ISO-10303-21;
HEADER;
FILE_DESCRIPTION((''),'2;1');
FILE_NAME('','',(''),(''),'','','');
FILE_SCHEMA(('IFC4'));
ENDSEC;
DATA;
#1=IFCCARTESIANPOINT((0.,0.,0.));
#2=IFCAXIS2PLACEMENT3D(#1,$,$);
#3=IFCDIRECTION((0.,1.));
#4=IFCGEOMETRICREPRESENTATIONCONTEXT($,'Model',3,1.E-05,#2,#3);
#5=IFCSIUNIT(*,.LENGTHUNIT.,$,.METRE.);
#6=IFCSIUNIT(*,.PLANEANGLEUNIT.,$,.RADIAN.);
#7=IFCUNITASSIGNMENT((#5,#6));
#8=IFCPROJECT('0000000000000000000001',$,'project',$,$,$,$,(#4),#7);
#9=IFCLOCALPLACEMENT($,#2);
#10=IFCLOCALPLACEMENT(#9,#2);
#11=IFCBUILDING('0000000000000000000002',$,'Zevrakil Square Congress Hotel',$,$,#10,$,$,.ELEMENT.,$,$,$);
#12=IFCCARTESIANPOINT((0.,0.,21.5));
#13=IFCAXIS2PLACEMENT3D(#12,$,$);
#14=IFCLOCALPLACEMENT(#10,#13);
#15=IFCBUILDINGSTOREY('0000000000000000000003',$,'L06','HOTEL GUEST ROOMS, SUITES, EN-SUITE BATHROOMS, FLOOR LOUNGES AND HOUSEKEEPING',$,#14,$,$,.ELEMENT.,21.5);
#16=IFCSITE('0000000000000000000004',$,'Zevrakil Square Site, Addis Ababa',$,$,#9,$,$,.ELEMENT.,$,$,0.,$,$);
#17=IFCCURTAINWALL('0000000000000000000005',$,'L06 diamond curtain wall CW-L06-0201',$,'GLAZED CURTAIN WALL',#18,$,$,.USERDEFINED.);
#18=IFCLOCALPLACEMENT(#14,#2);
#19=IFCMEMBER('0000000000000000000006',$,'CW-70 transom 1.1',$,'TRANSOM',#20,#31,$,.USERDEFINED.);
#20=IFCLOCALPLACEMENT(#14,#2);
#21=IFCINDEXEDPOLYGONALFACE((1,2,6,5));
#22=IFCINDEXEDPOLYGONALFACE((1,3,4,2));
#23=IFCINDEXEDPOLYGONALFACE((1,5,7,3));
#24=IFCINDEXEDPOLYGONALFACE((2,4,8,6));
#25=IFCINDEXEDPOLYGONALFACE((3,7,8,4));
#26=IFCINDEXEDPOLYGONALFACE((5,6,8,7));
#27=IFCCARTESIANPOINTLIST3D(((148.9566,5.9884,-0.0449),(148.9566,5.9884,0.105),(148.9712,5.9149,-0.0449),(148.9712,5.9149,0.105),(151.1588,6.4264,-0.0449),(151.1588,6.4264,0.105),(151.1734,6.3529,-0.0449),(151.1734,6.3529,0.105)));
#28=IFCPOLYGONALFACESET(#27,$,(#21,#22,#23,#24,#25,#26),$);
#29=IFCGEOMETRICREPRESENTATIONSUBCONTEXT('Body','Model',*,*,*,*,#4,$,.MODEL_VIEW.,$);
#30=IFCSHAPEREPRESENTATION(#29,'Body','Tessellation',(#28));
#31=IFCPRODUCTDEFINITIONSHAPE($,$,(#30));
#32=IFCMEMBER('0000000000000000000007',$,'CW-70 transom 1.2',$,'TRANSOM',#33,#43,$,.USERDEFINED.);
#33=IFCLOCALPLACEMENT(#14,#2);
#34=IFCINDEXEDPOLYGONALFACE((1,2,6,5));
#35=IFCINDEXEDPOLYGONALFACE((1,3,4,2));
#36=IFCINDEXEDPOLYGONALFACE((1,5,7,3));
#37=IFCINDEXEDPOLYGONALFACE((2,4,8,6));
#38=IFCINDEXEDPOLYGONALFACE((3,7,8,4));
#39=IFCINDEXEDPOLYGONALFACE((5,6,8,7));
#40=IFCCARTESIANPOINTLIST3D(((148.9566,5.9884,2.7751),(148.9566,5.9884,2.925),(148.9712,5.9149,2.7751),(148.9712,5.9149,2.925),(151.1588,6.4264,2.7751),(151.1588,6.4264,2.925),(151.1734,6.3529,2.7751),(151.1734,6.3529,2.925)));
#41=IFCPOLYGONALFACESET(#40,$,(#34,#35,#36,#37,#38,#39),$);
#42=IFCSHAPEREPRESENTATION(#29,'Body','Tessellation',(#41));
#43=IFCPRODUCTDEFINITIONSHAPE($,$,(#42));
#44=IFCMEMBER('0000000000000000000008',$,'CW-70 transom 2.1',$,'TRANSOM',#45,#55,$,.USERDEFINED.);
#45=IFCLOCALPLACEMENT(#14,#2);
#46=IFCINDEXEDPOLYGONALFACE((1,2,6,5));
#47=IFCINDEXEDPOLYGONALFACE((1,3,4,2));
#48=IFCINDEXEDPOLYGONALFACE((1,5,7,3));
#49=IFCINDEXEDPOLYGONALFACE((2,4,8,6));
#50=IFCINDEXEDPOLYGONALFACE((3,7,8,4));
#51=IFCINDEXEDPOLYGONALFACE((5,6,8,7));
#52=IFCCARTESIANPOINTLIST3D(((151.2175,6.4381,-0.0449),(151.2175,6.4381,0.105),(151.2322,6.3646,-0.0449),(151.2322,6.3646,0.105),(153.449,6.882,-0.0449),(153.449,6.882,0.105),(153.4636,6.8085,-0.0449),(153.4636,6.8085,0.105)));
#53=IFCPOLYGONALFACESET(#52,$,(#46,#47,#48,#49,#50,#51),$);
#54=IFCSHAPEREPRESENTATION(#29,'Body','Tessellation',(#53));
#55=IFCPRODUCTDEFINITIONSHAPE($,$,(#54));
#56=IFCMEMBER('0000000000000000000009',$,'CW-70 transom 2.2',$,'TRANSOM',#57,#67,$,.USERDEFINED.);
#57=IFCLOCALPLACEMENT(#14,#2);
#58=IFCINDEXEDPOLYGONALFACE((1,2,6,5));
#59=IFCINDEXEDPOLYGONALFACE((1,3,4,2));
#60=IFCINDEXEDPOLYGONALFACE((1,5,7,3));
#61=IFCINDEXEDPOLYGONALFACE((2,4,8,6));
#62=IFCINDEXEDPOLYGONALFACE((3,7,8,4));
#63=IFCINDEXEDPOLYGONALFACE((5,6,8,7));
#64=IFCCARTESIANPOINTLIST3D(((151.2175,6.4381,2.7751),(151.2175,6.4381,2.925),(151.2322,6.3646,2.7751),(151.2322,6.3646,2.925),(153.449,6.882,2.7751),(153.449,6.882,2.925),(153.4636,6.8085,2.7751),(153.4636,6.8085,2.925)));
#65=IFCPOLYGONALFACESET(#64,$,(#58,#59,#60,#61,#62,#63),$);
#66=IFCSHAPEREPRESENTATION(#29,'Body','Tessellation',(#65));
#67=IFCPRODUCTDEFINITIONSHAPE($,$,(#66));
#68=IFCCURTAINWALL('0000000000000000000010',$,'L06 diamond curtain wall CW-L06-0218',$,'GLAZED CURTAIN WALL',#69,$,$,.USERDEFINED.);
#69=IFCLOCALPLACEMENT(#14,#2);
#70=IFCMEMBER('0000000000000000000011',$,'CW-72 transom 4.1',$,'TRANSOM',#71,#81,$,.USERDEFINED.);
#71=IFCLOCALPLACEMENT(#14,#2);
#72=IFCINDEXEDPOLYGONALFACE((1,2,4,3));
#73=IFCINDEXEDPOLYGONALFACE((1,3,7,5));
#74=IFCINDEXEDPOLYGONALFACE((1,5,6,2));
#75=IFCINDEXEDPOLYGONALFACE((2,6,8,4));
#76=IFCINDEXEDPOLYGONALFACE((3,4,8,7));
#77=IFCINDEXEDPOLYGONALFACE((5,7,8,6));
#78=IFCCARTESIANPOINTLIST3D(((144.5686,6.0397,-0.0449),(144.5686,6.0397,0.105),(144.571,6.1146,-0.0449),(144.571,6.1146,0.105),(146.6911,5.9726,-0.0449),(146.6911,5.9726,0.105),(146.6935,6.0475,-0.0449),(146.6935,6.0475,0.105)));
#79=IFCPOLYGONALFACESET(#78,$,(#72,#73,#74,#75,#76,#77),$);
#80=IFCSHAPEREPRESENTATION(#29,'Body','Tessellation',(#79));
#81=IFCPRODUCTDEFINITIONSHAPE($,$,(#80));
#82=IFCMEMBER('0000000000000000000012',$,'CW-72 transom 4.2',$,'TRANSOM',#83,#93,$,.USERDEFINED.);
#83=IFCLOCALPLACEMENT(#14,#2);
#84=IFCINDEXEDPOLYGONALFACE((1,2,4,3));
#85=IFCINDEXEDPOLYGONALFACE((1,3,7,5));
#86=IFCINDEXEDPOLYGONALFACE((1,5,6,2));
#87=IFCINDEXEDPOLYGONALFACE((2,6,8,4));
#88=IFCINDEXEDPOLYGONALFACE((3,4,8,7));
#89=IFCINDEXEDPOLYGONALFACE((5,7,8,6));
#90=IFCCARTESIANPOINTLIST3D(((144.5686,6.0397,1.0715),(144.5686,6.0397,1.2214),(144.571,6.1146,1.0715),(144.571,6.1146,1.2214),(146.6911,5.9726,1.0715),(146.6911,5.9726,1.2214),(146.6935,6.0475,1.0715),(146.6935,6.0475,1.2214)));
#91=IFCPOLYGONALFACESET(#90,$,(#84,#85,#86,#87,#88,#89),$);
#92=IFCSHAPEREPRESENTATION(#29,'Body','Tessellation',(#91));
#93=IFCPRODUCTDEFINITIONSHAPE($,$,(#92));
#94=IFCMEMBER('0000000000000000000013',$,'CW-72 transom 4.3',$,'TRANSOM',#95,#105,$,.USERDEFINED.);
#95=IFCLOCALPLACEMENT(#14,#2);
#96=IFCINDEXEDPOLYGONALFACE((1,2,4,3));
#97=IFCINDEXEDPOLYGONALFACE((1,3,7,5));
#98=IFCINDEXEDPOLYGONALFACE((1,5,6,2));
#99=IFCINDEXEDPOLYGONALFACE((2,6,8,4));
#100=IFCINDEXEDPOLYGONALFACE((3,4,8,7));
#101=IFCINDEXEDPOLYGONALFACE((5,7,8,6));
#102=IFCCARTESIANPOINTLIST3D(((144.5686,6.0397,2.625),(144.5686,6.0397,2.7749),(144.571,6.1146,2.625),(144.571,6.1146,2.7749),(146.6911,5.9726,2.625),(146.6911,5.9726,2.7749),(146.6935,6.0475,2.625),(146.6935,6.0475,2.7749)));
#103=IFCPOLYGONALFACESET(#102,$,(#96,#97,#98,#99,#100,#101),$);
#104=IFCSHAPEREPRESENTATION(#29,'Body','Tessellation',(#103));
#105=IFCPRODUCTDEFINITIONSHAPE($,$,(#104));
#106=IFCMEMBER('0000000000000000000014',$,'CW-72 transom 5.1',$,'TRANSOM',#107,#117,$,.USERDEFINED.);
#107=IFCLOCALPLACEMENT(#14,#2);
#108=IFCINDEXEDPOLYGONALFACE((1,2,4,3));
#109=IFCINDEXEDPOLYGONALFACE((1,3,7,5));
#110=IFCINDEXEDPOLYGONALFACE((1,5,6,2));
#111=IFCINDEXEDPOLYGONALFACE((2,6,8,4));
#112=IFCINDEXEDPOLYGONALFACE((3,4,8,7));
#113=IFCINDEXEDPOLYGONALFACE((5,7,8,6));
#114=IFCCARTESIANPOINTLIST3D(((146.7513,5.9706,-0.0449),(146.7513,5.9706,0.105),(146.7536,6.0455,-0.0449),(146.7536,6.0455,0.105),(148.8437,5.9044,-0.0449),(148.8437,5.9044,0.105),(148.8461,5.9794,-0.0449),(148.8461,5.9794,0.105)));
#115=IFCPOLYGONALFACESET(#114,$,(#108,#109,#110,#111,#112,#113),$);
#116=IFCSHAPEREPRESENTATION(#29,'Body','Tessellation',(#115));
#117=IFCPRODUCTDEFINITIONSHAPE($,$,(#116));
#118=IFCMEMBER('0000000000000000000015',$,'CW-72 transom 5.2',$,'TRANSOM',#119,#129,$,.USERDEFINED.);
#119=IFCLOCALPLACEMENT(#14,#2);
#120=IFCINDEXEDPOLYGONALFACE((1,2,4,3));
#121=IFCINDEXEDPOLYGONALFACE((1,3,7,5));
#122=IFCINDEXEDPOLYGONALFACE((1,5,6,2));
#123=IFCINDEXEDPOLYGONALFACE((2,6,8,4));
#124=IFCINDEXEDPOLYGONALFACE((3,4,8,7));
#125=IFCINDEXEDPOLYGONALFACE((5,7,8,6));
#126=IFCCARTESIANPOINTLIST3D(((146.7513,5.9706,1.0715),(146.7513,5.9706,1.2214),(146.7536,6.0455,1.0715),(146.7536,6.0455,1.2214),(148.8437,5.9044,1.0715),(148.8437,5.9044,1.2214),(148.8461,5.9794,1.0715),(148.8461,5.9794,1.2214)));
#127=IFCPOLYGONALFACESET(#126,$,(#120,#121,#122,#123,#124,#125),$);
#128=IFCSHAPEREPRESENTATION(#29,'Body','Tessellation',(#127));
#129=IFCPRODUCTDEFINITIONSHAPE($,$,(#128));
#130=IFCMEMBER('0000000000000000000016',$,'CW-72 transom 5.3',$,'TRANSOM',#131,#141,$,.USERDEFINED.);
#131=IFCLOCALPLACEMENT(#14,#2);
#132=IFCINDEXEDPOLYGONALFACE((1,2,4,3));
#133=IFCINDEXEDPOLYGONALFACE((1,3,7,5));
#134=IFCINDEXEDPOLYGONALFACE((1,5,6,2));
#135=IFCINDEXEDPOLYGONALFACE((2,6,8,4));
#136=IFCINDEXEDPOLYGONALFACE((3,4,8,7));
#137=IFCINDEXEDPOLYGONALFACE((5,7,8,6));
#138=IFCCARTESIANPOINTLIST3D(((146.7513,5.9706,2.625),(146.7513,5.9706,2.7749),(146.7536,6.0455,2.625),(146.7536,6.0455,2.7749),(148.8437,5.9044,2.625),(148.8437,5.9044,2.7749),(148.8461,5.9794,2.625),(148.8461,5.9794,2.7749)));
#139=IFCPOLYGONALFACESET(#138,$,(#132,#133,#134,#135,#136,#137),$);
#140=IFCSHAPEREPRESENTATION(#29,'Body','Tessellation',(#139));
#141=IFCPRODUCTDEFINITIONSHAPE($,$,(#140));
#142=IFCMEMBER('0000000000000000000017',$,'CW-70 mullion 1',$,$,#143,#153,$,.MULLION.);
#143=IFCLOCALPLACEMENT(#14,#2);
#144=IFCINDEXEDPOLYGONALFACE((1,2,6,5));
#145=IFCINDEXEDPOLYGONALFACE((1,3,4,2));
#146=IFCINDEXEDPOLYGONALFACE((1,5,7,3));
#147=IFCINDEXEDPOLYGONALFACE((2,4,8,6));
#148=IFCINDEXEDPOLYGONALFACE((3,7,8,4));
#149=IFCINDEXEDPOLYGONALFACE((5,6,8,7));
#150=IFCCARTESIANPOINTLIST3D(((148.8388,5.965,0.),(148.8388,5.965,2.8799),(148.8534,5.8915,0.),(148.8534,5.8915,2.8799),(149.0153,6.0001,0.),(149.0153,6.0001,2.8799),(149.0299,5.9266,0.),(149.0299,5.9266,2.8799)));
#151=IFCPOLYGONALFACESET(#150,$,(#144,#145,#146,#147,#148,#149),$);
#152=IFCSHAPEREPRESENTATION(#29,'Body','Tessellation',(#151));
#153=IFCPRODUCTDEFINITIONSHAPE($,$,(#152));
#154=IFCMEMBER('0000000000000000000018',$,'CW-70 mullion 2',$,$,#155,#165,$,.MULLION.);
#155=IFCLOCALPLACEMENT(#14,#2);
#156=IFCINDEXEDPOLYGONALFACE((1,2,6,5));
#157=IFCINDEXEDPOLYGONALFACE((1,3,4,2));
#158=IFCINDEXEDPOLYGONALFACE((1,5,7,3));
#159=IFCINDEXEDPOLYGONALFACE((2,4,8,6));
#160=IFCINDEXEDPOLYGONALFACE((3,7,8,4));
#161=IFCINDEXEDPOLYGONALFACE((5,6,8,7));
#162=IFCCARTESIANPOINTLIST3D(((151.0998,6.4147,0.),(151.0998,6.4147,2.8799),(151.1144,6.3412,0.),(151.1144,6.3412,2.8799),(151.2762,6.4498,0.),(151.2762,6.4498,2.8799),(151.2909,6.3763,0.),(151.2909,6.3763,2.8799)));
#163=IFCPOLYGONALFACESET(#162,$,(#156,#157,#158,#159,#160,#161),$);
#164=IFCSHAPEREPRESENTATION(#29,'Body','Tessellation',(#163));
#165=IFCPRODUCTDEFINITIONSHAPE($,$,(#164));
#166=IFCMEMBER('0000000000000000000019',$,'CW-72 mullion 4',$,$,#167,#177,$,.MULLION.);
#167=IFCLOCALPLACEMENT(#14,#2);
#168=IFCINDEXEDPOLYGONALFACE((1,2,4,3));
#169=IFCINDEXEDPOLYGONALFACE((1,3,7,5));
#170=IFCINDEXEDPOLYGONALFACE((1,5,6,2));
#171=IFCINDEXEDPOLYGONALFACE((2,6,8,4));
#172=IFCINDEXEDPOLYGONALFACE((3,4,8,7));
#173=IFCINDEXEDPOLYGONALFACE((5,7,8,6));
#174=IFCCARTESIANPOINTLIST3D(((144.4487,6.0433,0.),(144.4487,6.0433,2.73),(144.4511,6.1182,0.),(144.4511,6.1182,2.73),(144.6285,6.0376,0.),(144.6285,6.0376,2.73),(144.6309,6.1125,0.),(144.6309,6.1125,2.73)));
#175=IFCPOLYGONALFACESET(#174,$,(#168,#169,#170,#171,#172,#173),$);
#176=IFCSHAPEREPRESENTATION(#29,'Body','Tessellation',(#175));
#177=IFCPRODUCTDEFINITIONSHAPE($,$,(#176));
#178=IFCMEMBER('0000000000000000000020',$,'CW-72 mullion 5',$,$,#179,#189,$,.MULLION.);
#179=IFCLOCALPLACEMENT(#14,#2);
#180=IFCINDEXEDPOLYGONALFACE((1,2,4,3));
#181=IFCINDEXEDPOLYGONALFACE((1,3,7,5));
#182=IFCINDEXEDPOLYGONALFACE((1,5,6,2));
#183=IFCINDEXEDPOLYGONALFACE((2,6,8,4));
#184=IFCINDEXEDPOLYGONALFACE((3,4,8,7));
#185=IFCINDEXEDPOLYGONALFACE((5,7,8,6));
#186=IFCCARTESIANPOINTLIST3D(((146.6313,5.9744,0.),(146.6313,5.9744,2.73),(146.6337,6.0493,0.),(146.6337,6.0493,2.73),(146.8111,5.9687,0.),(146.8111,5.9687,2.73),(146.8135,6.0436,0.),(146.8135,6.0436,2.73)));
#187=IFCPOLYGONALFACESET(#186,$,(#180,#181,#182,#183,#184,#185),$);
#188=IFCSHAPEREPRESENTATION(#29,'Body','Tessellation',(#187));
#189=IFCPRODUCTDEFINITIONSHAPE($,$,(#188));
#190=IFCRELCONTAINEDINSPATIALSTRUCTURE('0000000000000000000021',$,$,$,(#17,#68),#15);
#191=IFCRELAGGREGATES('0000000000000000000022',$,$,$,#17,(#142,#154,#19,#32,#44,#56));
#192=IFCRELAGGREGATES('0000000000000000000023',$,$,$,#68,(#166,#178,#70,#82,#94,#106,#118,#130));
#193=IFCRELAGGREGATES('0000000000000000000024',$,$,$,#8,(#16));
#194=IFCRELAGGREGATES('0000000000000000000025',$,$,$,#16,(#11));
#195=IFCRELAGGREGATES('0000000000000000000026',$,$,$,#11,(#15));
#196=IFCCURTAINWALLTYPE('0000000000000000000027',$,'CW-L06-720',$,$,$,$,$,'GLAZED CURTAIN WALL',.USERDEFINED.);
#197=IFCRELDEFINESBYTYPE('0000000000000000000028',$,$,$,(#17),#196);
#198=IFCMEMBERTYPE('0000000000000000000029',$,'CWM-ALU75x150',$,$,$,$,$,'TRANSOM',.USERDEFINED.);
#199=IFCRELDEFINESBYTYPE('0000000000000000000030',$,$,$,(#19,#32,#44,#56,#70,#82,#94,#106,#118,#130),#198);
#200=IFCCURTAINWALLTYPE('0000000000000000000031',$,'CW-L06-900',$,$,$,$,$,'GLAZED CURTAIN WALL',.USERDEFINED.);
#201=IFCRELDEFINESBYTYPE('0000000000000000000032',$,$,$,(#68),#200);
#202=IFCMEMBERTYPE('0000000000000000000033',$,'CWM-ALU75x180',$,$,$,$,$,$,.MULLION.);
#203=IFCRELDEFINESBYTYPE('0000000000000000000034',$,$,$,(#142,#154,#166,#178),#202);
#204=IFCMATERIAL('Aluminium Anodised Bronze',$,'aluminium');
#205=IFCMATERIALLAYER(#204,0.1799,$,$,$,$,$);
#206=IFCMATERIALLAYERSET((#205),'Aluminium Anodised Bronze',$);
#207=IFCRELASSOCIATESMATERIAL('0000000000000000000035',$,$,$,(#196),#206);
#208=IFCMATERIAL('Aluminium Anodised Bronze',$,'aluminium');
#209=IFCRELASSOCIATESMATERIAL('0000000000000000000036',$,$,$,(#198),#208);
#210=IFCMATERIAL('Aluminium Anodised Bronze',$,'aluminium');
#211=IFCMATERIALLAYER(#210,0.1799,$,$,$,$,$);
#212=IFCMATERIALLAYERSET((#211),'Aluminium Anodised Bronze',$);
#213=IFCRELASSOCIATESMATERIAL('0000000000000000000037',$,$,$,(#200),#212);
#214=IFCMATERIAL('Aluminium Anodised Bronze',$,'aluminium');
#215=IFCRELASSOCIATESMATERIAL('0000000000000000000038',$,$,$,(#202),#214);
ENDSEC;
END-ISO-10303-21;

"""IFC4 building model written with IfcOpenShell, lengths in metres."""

from ifc_helpers import new_model, si_unit, direction, frame, origin, origin_2d, place, context, subcontext, project, spatial, rectangle, extrude, material, layer, layer_set, material_profile, profile_set, type_object, element, aggregate, save


model = new_model("IFC4")

# Units and contexts
model_context = context("Model", 3, precision=1e-05, world=origin(), true_north=direction((0.0, 1.0)))
body_context = subcontext(model_context, "Body", "Model", "MODEL_VIEW")
ifc_project = project(units=[si_unit("LENGTHUNIT", "METRE"), si_unit("PLANEANGLEUNIT", "RADIAN")], contexts=[model_context])

# Site, building, storey
site_placement = place(None, origin())
site = spatial("IfcSite", under=ifc_project, at=site_placement, Name="Zevrakil Square Site, Addis Ababa", CompositionType="ELEMENT", RefElevation=0.0)
building_placement = place(site_placement, origin())
building = spatial("IfcBuilding", under=site, at=building_placement, Name="Zevrakil Square Congress Hotel", CompositionType="ELEMENT")
storey_placement = place(building_placement, frame((0.0, 0.0, 21.5)))
storey = spatial("IfcBuildingStorey", under=building, at=storey_placement, Name="L06", Description="HOTEL GUEST ROOMS, SUITES, EN-SUITE BATHROOMS, FLOOR LOUNGES AND HOUSEKEEPING", CompositionType="ELEMENT", Elevation=21.5)

# Curtain walls, members
ifc_material_1 = material(Name="Aluminium Anodised Bronze", Category="aluminium")
ifc_layer_1 = layer(ifc_material_1, 0.1799)
ifc_layer_set_1 = layer_set([ifc_layer_1], Name="Aluminium Anodised Bronze")
curtain_wall_type_1 = type_object("IfcCurtainWallType", Name="CW-L06-720", ElementType="GLAZED CURTAIN WALL", PredefinedType="USERDEFINED", material=ifc_layer_set_1)
curtain_wall_1_placement = place(storey_placement, origin())
curtain_wall_1 = element("IfcCurtainWall", 1, at=curtain_wall_1_placement, inside=storey, type_object=curtain_wall_type_1, Name="L06 diamond curtain wall CW-L06-0201", ObjectType="GLAZED CURTAIN WALL", PredefinedType="USERDEFINED")
ifc_material_2 = material(Name="Aluminium Anodised Bronze", Category="aluminium")
ifc_material_profile_1 = material_profile(ifc_material_2, rectangle(XDim=0.075, YDim=0.1499, at=origin_2d()), Name="ALU 75x150")
ifc_profile_set_1 = profile_set([ifc_material_profile_1], Name="Aluminium Anodised Bronze")
member_type_1 = type_object("IfcMemberType", Name="CWM-ALU75x150", ElementType="TRANSOM", PredefinedType="USERDEFINED", material=ifc_profile_set_1)
member_1_placement = place(storey_placement, frame((148.9639, 5.9517, 0.03), z_axis=(0.980789, 0.19507, 0.0), x_axis=(-0.19507, 0.980789, 0.0)))
member_1 = element("IfcMember", 2, at=member_1_placement, type_object=member_type_1, Name="CW-70 transom 1.1", ObjectType="TRANSOM", PredefinedType="USERDEFINED", context=body_context, shape_type="SweptSolid", body=[
    extrude(rectangle(XDim=0.075, YDim=0.1499, at=origin_2d()), origin(), (0.0, 0.0, 1.0), 2.2454),
])
member_2_placement = place(storey_placement, frame((148.9639, 5.9517, 2.8501), z_axis=(0.980789, 0.19507, 0.0), x_axis=(-0.19507, 0.980789, 0.0)))
member_2 = element("IfcMember", 3, at=member_2_placement, type_object=member_type_1, Name="CW-70 transom 1.2", ObjectType="TRANSOM", PredefinedType="USERDEFINED", context=body_context, shape_type="SweptSolid", body=[
    extrude(rectangle(XDim=0.075, YDim=0.1499, at=origin_2d()), origin(), (0.0, 0.0, 1.0), 2.2454),
])
member_3_placement = place(storey_placement, frame((151.2249, 6.4014, 0.03), z_axis=(0.980786, 0.195084, 0.0), x_axis=(-0.195084, 0.980786, 0.0)))
member_3 = element("IfcMember", 4, at=member_3_placement, type_object=member_type_1, Name="CW-70 transom 2.1", ObjectType="TRANSOM", PredefinedType="USERDEFINED", context=body_context, shape_type="SweptSolid", body=[
    extrude(rectangle(XDim=0.075, YDim=0.1499, at=origin_2d()), origin(), (0.0, 0.0, 1.0), 2.2751),
])
member_4_placement = place(storey_placement, frame((151.2249, 6.4014, 2.8501), z_axis=(0.980786, 0.195084, 0.0), x_axis=(-0.195084, 0.980786, 0.0)))
member_4 = element("IfcMember", 5, at=member_4_placement, type_object=member_type_1, Name="CW-70 transom 2.2", ObjectType="TRANSOM", PredefinedType="USERDEFINED", context=body_context, shape_type="SweptSolid", body=[
    extrude(rectangle(XDim=0.075, YDim=0.1499, at=origin_2d()), origin(), (0.0, 0.0, 1.0), 2.2751),
])
ifc_material_3 = material(Name="Aluminium Anodised Bronze", Category="aluminium")
ifc_layer_2 = layer(ifc_material_3, 0.1799)
ifc_layer_set_2 = layer_set([ifc_layer_2], Name="Aluminium Anodised Bronze")
curtain_wall_type_2 = type_object("IfcCurtainWallType", Name="CW-L06-900", ElementType="GLAZED CURTAIN WALL", PredefinedType="USERDEFINED", material=ifc_layer_set_2)
curtain_wall_2_placement = place(storey_placement, origin())
curtain_wall_2 = element("IfcCurtainWall", 6, at=curtain_wall_2_placement, inside=storey, type_object=curtain_wall_type_2, Name="L06 diamond curtain wall CW-L06-0218", ObjectType="GLAZED CURTAIN WALL", PredefinedType="USERDEFINED")
member_5_placement = place(storey_placement, frame((144.5698, 6.0771, 0.03), z_axis=(0.9995, -0.031615, 0.0), x_axis=(0.031615, 0.9995, 0.0)))
member_5 = element("IfcMember", 7, at=member_5_placement, type_object=member_type_1, Name="CW-72 transom 4.1", ObjectType="TRANSOM", PredefinedType="USERDEFINED", context=body_context, shape_type="SweptSolid", body=[
    extrude(rectangle(XDim=0.075, YDim=0.1499, at=origin_2d()), origin(), (0.0, 0.0, 1.0), 2.1235),
])
member_6_placement = place(storey_placement, frame((144.5698, 6.0771, 1.1465), z_axis=(0.9995, -0.031615, 0.0), x_axis=(0.031615, 0.9995, 0.0)))
member_6 = element("IfcMember", 8, at=member_6_placement, type_object=member_type_1, Name="CW-72 transom 4.2", ObjectType="TRANSOM", PredefinedType="USERDEFINED", context=body_context, shape_type="SweptSolid", body=[
    extrude(rectangle(XDim=0.075, YDim=0.1499, at=origin_2d()), origin(), (0.0, 0.0, 1.0), 2.1235),
])
member_7_placement = place(storey_placement, frame((144.5698, 6.0771, 2.7), z_axis=(0.9995, -0.031615, 0.0), x_axis=(0.031615, 0.9995, 0.0)))
member_7 = element("IfcMember", 9, at=member_7_placement, type_object=member_type_1, Name="CW-72 transom 4.3", ObjectType="TRANSOM", PredefinedType="USERDEFINED", context=body_context, shape_type="SweptSolid", body=[
    extrude(rectangle(XDim=0.075, YDim=0.1499, at=origin_2d()), origin(), (0.0, 0.0, 1.0), 2.1235),
])
member_8_placement = place(storey_placement, frame((146.7524, 6.0081, 0.03), z_axis=(0.999501, -0.031602, 0.0), x_axis=(0.031602, 0.999501, 0.0)))
member_8 = element("IfcMember", 10, at=member_8_placement, type_object=member_type_1, Name="CW-72 transom 5.1", ObjectType="TRANSOM", PredefinedType="USERDEFINED", context=body_context, shape_type="SweptSolid", body=[
    extrude(rectangle(XDim=0.075, YDim=0.1499, at=origin_2d()), origin(), (0.0, 0.0, 1.0), 2.0935),
])
member_9_placement = place(storey_placement, frame((146.7524, 6.0081, 1.1465), z_axis=(0.999501, -0.031602, 0.0), x_axis=(0.031602, 0.999501, 0.0)))
member_9 = element("IfcMember", 11, at=member_9_placement, type_object=member_type_1, Name="CW-72 transom 5.2", ObjectType="TRANSOM", PredefinedType="USERDEFINED", context=body_context, shape_type="SweptSolid", body=[
    extrude(rectangle(XDim=0.075, YDim=0.1499, at=origin_2d()), origin(), (0.0, 0.0, 1.0), 2.0935),
])
member_10_placement = place(storey_placement, frame((146.7524, 6.0081, 2.7), z_axis=(0.999501, -0.031602, 0.0), x_axis=(0.031602, 0.999501, 0.0)))
member_10 = element("IfcMember", 12, at=member_10_placement, type_object=member_type_1, Name="CW-72 transom 5.3", ObjectType="TRANSOM", PredefinedType="USERDEFINED", context=body_context, shape_type="SweptSolid", body=[
    extrude(rectangle(XDim=0.075, YDim=0.1499, at=origin_2d()), origin(), (0.0, 0.0, 1.0), 2.0935),
])

# Members
ifc_material_4 = material(Name="Aluminium Anodised Bronze", Category="aluminium")
ifc_material_profile_2 = material_profile(ifc_material_4, rectangle(XDim=0.075, YDim=0.1799, at=origin_2d()), Name="ALU 75x180")
ifc_profile_set_2 = profile_set([ifc_material_profile_2], Name="Aluminium Anodised Bronze")
member_type_2 = type_object("IfcMemberType", Name="CWM-ALU75x180", PredefinedType="MULLION", material=ifc_profile_set_2)
member_11_placement = place(storey_placement, frame((148.9343, 5.9458, 0.0), z_axis=(0.0, 0.0, 1.0), x_axis=(-0.195084, 0.980787, 0.0)))
member_11 = element("IfcMember", 13, at=member_11_placement, type_object=member_type_2, Name="CW-70 mullion 1", PredefinedType="MULLION", context=body_context, shape_type="SweptSolid", body=[
    extrude(rectangle(XDim=0.075, YDim=0.1799, at=origin_2d()), origin(), (0.0, 0.0, 1.0), 2.8799),
])
member_12_placement = place(storey_placement, frame((151.1953, 6.3955, 0.0), z_axis=(0.0, 0.0, 1.0), x_axis=(-0.195084, 0.980787, 0.0)))
member_12 = element("IfcMember", 14, at=member_12_placement, type_object=member_type_2, Name="CW-70 mullion 2", PredefinedType="MULLION", context=body_context, shape_type="SweptSolid", body=[
    extrude(rectangle(XDim=0.075, YDim=0.1799, at=origin_2d()), origin(), (0.0, 0.0, 1.0), 2.8799),
])
member_13_placement = place(storey_placement, frame((144.5398, 6.0779, 0.0), z_axis=(0.0, 0.0, 1.0), x_axis=(0.031598, 0.999501, 0.0)))
member_13 = element("IfcMember", 15, at=member_13_placement, type_object=member_type_2, Name="CW-72 mullion 4", PredefinedType="MULLION", context=body_context, shape_type="SweptSolid", body=[
    extrude(rectangle(XDim=0.075, YDim=0.1799, at=origin_2d()), origin(), (0.0, 0.0, 1.0), 2.73),
])
member_14_placement = place(storey_placement, frame((146.7224, 6.009, 0.0), z_axis=(0.0, 0.0, 1.0), x_axis=(0.031598, 0.999501, 0.0)))
member_14 = element("IfcMember", 16, at=member_14_placement, type_object=member_type_2, Name="CW-72 mullion 5", PredefinedType="MULLION", context=body_context, shape_type="SweptSolid", body=[
    extrude(rectangle(XDim=0.075, YDim=0.1799, at=origin_2d()), origin(), (0.0, 0.0, 1.0), 2.73),
])

aggregate(curtain_wall_1, [member_11, member_12, member_1, member_2, member_3, member_4])
aggregate(curtain_wall_2, [member_13, member_14, member_5, member_6, member_7, member_8, member_9, member_10])

save(model, "model.ifc")
